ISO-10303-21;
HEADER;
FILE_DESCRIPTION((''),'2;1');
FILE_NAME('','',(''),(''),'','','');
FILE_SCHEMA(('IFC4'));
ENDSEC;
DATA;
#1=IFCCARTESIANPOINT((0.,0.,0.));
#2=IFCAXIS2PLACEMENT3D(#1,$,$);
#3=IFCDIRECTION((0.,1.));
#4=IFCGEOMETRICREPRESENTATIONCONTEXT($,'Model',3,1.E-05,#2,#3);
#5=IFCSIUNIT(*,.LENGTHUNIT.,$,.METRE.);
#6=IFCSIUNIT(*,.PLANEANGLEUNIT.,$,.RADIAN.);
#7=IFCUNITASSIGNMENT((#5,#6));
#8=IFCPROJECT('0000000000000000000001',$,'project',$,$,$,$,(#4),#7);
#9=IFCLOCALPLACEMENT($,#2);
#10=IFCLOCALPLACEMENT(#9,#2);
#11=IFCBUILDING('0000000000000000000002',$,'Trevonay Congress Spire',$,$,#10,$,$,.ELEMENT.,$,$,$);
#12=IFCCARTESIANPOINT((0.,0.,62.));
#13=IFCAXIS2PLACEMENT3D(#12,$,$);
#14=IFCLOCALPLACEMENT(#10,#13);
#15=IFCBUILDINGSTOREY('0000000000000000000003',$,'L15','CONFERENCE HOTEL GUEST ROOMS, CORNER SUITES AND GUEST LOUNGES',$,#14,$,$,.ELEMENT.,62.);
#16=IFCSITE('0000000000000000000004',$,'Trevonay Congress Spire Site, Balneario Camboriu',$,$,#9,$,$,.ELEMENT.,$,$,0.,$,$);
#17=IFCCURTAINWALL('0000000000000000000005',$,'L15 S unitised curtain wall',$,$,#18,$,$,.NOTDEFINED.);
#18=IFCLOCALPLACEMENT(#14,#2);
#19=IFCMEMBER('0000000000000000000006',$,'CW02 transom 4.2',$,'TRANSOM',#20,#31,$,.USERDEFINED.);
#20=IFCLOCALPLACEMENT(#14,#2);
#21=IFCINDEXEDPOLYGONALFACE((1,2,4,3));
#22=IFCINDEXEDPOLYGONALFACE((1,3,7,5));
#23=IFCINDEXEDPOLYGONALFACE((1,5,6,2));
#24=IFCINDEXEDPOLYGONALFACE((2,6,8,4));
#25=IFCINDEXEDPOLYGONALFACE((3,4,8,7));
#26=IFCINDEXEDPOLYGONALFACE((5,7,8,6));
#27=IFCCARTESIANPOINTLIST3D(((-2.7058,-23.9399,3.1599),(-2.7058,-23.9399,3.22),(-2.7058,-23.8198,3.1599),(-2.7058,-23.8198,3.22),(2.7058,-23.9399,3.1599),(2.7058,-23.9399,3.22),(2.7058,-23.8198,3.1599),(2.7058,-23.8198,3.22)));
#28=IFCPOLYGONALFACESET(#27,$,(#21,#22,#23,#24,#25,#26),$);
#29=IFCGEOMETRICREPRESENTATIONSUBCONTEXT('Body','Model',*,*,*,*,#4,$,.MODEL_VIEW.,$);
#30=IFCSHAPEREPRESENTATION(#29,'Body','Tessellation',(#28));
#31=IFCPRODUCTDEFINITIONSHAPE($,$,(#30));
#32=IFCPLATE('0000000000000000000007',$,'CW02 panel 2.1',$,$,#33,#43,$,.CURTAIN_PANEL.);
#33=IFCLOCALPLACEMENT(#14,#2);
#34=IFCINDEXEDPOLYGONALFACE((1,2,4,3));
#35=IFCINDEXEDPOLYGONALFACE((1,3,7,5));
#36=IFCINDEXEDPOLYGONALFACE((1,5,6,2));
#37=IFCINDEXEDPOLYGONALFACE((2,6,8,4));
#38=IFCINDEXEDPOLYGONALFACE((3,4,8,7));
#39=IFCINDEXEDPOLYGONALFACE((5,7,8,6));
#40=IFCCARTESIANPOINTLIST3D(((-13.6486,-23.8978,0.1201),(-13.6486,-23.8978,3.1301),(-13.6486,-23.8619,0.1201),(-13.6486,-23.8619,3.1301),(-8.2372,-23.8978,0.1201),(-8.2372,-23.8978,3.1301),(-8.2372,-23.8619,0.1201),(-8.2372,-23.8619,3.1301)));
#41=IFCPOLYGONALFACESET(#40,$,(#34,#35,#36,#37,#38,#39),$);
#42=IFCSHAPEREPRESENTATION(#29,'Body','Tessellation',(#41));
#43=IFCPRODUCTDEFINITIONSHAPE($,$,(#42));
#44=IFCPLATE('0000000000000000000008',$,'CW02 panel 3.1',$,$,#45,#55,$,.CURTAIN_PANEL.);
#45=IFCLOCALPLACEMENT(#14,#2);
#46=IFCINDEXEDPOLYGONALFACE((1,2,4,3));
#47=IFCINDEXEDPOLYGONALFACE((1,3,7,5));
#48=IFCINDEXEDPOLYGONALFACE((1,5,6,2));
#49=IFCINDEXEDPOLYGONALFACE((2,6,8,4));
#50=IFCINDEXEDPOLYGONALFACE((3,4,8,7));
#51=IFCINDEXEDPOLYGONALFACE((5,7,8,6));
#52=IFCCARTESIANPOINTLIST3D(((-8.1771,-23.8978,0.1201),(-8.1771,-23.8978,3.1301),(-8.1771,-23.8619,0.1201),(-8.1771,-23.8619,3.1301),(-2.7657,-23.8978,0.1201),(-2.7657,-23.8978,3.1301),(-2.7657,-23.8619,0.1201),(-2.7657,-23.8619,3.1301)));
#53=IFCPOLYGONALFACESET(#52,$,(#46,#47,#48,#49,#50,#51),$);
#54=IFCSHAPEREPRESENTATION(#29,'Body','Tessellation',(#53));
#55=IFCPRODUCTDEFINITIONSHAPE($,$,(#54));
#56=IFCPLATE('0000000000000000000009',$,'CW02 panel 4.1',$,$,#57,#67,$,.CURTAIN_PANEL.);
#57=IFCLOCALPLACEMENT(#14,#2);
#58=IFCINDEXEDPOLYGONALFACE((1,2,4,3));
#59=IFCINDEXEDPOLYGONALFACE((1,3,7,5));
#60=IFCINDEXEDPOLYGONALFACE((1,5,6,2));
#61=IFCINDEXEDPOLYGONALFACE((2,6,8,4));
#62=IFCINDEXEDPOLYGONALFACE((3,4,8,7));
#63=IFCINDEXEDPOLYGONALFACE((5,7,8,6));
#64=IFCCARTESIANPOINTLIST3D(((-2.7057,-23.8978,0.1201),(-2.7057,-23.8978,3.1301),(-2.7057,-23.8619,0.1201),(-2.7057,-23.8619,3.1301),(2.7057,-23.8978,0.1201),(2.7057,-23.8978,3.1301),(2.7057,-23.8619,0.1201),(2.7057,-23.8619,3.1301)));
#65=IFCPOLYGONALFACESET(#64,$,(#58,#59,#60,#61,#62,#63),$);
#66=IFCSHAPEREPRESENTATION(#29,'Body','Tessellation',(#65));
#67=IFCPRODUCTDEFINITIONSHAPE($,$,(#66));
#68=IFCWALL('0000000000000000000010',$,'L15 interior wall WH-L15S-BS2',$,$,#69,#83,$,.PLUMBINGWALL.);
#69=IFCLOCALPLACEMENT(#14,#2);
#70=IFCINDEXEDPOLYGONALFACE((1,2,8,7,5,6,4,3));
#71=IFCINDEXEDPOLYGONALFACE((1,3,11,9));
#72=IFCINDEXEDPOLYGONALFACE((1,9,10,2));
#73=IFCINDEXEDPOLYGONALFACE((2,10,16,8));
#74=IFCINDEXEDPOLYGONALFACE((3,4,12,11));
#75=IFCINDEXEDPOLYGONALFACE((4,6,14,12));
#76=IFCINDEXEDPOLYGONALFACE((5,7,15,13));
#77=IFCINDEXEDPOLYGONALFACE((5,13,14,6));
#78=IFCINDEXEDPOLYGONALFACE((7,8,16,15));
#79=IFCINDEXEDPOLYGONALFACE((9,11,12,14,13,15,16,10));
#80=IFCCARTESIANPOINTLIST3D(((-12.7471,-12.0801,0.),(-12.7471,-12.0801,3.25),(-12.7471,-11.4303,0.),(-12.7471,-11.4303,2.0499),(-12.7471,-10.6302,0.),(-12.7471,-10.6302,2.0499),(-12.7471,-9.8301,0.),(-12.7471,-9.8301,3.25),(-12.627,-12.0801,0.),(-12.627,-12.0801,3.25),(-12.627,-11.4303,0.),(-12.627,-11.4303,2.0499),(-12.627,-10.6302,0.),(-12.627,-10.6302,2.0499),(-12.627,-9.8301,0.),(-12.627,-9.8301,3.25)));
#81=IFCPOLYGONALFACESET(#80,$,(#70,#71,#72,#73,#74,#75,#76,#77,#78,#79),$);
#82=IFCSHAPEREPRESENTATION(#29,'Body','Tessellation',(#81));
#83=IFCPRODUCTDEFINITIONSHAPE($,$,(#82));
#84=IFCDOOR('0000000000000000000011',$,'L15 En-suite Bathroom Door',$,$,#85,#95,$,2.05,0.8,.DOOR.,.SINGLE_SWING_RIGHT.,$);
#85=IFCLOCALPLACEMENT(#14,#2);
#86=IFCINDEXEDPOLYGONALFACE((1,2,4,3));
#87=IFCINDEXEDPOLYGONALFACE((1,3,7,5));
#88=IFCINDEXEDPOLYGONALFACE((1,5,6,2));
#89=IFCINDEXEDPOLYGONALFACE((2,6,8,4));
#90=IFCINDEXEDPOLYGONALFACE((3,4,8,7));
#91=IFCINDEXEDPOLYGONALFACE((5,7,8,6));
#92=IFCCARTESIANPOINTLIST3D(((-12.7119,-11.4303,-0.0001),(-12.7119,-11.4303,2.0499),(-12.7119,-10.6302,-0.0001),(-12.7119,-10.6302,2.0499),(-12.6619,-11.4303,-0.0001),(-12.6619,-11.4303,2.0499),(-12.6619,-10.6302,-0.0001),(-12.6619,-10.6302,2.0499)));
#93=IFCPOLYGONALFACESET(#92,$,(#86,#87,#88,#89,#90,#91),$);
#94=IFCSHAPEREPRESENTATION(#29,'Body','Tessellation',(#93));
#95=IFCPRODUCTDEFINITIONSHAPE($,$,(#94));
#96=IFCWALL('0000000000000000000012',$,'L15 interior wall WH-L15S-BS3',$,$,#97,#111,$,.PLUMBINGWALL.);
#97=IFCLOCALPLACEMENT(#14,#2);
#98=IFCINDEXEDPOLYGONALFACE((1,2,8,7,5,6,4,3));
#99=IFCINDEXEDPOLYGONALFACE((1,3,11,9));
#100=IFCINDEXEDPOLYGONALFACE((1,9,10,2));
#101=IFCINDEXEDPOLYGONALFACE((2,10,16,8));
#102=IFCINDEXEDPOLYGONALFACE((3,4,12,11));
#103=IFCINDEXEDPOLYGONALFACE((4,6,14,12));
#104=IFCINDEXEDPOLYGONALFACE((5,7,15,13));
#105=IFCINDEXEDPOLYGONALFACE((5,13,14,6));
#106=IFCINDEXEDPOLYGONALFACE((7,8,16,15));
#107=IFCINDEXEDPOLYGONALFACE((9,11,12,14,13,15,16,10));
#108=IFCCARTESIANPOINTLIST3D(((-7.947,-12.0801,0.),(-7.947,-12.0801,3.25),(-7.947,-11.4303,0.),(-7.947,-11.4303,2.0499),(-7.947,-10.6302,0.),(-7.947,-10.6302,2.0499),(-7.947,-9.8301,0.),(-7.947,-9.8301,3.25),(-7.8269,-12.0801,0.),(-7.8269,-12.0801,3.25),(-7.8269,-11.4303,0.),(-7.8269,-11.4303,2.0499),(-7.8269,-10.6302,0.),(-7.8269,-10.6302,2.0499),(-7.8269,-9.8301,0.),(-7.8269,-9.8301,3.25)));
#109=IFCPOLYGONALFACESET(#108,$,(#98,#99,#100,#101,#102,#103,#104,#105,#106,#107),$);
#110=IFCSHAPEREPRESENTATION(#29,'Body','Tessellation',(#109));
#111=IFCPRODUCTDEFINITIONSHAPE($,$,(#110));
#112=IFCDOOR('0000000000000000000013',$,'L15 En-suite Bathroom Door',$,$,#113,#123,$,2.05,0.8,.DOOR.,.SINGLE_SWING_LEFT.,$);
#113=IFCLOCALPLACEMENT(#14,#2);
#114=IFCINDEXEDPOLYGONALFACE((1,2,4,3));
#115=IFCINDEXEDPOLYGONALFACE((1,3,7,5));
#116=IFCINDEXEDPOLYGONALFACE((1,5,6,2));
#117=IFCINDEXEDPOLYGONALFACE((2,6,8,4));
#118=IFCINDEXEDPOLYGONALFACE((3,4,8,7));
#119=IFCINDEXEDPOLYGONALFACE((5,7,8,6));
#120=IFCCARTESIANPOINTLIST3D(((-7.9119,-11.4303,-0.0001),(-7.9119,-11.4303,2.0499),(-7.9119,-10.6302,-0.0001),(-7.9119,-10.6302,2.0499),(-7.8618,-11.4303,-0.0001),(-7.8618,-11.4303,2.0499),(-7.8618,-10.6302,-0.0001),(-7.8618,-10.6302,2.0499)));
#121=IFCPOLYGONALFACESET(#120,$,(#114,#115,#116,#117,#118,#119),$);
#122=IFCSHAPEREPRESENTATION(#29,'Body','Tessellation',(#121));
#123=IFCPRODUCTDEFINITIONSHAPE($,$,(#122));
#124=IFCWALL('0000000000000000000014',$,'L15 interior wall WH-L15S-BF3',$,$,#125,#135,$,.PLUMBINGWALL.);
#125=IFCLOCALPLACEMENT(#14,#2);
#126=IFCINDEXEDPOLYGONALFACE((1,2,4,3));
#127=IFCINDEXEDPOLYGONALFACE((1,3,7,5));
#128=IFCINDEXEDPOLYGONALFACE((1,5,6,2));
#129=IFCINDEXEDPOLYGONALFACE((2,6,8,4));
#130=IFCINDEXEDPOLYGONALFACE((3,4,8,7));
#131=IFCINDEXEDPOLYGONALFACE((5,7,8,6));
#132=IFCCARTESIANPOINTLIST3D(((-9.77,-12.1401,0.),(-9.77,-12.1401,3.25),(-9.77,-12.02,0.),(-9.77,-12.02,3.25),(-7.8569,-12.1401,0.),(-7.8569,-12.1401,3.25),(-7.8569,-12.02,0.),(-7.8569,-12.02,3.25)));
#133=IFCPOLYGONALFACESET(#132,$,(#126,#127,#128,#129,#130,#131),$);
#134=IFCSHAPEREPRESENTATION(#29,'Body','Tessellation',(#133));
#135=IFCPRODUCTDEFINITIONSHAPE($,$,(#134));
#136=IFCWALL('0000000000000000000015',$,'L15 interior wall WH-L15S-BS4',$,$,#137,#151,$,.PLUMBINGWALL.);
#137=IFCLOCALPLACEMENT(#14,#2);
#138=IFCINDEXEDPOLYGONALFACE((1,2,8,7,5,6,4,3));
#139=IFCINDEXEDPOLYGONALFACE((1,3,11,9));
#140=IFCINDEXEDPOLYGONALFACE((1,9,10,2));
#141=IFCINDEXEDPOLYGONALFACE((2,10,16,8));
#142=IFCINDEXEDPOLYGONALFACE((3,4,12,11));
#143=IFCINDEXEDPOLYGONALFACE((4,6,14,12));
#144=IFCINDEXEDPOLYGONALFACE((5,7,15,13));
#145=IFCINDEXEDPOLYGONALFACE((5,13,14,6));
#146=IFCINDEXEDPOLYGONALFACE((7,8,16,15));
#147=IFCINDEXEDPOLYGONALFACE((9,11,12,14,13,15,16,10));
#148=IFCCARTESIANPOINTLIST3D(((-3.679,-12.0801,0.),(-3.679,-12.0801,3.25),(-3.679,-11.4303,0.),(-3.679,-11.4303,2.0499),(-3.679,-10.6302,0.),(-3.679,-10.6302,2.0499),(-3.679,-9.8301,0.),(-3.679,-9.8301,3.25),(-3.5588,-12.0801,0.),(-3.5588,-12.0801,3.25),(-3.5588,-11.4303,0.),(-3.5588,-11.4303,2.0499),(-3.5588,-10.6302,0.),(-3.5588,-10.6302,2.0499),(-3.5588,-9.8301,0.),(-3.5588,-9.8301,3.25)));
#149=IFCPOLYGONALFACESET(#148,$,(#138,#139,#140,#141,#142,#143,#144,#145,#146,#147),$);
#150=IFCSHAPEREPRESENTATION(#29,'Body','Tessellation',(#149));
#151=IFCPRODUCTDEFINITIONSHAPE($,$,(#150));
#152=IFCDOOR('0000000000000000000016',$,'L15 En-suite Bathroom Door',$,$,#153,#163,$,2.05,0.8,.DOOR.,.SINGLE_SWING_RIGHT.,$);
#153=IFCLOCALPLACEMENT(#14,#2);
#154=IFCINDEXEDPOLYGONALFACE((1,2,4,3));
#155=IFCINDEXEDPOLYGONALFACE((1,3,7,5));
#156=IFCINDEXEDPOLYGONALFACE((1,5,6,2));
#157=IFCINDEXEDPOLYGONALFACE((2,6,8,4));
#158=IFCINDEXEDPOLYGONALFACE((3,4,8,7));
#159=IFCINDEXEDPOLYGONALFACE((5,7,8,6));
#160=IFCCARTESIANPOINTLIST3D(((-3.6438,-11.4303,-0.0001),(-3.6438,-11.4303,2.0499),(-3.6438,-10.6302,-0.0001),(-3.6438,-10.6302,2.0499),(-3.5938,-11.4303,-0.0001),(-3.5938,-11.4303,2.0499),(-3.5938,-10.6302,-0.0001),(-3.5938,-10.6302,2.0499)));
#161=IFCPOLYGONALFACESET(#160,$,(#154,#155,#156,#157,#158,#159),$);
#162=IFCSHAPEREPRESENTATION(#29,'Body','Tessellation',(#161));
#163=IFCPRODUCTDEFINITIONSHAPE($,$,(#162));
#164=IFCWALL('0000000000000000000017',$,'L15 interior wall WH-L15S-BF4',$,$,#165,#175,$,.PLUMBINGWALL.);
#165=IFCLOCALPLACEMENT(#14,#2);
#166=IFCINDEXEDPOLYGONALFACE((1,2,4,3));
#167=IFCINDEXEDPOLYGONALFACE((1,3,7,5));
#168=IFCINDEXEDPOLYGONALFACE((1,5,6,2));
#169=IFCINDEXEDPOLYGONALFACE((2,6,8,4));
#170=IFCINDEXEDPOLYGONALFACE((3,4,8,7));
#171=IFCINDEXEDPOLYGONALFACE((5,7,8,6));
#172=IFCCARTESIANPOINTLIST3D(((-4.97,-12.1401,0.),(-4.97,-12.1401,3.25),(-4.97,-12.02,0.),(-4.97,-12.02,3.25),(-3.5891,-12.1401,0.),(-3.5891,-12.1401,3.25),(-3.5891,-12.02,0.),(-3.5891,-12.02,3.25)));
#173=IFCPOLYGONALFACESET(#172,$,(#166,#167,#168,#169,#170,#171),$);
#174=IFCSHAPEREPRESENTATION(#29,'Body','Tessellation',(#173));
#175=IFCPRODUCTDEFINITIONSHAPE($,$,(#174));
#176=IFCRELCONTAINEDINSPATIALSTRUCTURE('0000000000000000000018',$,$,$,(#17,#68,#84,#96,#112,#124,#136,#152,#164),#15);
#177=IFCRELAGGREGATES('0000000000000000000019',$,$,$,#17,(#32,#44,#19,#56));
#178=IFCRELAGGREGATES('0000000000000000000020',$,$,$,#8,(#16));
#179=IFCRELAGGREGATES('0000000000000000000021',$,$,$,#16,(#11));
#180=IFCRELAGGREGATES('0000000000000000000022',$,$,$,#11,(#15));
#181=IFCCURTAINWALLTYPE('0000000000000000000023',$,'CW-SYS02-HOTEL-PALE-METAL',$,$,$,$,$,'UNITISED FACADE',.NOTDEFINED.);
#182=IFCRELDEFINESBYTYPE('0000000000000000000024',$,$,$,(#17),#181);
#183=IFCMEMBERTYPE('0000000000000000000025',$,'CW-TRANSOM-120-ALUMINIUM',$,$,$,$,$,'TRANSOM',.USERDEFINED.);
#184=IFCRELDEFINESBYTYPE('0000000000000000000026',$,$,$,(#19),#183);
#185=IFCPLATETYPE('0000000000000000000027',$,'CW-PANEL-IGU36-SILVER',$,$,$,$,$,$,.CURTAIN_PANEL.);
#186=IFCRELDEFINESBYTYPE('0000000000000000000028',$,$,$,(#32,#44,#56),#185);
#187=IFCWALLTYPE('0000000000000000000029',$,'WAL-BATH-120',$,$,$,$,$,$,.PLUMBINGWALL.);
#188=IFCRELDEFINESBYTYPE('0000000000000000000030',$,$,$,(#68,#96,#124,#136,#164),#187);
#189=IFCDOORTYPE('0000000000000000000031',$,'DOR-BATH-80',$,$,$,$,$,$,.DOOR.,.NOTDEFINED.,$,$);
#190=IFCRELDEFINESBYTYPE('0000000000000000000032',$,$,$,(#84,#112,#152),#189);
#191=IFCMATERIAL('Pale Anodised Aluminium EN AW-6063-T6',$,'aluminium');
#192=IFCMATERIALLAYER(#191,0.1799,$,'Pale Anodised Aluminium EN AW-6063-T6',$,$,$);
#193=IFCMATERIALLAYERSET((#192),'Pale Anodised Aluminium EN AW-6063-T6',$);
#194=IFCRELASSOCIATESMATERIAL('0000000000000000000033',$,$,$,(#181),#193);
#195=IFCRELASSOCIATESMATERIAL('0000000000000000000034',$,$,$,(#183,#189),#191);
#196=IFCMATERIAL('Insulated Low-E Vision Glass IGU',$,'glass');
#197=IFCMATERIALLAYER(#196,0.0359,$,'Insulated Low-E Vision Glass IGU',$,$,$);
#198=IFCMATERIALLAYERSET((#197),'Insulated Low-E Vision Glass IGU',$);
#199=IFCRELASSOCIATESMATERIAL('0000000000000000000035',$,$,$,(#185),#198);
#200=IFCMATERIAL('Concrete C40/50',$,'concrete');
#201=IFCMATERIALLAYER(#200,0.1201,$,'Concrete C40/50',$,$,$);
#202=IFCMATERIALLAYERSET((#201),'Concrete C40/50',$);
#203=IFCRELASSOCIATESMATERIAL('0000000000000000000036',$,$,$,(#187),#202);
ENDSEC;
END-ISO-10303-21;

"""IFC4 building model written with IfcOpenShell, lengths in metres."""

from ifc_helpers import new_model, si_unit, direction, frame, frame_2d, origin, origin_2d, place, context, subcontext, project, spatial, rectangle, extrude, material, layer, layer_set, material_profile, profile_set, type_object, element, fill, aggregate, save


model = new_model("IFC4")

# Units and contexts
model_context = context("Model", 3, precision=1e-05, world=origin(), true_north=direction((0.0, 1.0)))
body_context = subcontext(model_context, "Body", "Model", "MODEL_VIEW")
ifc_project = project(units=[si_unit("LENGTHUNIT", "METRE"), si_unit("PLANEANGLEUNIT", "RADIAN")], contexts=[model_context])

# Site, building, storey
site_placement = place(None, origin())
site = spatial("IfcSite", under=ifc_project, at=site_placement, Name="Trevonay Congress Spire Site, Balneario Camboriu", CompositionType="ELEMENT", RefElevation=0.0)
building_placement = place(site_placement, origin())
building = spatial("IfcBuilding", under=site, at=building_placement, Name="Trevonay Congress Spire", CompositionType="ELEMENT")
storey_placement = place(building_placement, frame((0.0, 0.0, 62.0)))
storey = spatial("IfcBuildingStorey", under=building, at=storey_placement, Name="L15", Description="CONFERENCE HOTEL GUEST ROOMS, CORNER SUITES AND GUEST LOUNGES", CompositionType="ELEMENT", Elevation=62.0)

# Curtain wall, member, plates
ifc_material_1 = material(Name="Pale Anodised Aluminium EN AW-6063-T6", Category="aluminium")
ifc_layer_1 = layer(ifc_material_1, 0.1799, Name="Pale Anodised Aluminium EN AW-6063-T6")
ifc_layer_set_1 = layer_set([ifc_layer_1], Name="Pale Anodised Aluminium EN AW-6063-T6")
curtain_wall_type = type_object("IfcCurtainWallType", Name="CW-SYS02-HOTEL-PALE-METAL", ElementType="UNITISED FACADE", PredefinedType="NOTDEFINED", material=ifc_layer_set_1)
curtain_wall_placement = place(storey_placement, origin())
curtain_wall = element("IfcCurtainWall", 1, at=curtain_wall_placement, inside=storey, type_object=curtain_wall_type, Name="L15 S unitised curtain wall", PredefinedType="NOTDEFINED")
ifc_material_profile_1 = material_profile(ifc_material_1, rectangle(XDim=0.1201, YDim=0.0601, at=origin_2d()), Name="CW-TRANSOM-120-ALUMINIUM")
ifc_profile_set_1 = profile_set([ifc_material_profile_1], Name="Pale Anodised Aluminium EN AW-6063-T6")
member_type_1 = type_object("IfcMemberType", Name="CW-TRANSOM-120-ALUMINIUM", ElementType="TRANSOM", PredefinedType="USERDEFINED", material=ifc_profile_set_1)
member_1_placement = place(storey_placement, frame((-2.7058, -23.8799, 3.1899), z_axis=(1.0, 0.0, 0.0), x_axis=(0.0, 1.0, 0.0)))
member_1 = element("IfcMember", 2, at=member_1_placement, type_object=member_type_1, Name="CW02 transom 4.2", ObjectType="TRANSOM", PredefinedType="USERDEFINED", context=body_context, shape_type="SweptSolid", body=[
    extrude(rectangle(XDim=0.1201, YDim=0.0601, at=origin_2d()), origin(), (0.0, 0.0, 1.0), 5.4116),
])
ifc_material_2 = material(Name="Insulated Low-E Vision Glass IGU", Category="glass")
ifc_layer_2 = layer(ifc_material_2, 0.0359, Name="Insulated Low-E Vision Glass IGU")
ifc_layer_set_2 = layer_set([ifc_layer_2], Name="Insulated Low-E Vision Glass IGU")
plate_type = type_object("IfcPlateType", Name="CW-PANEL-IGU36-SILVER", PredefinedType="CURTAIN_PANEL", material=ifc_layer_set_2)
plate_1_placement = place(storey_placement, frame((-10.9429, -23.8799, 0.1201), z_axis=(0.0, 0.0, 1.0), x_axis=(1.0, 0.0, 0.0)))
plate_1 = element("IfcPlate", 3, at=plate_1_placement, type_object=plate_type, Name="CW02 panel 2.1", PredefinedType="CURTAIN_PANEL", context=body_context, shape_type="SweptSolid", body=[
    extrude(rectangle(XDim=5.4114, YDim=0.0359, at=origin_2d()), origin(), (0.0, 0.0, 1.0), 3.01),
])
plate_2_placement = place(storey_placement, frame((-5.4714, -23.8799, 0.1201), z_axis=(0.0, 0.0, 1.0), x_axis=(1.0, 0.0, 0.0)))
plate_2 = element("IfcPlate", 4, at=plate_2_placement, type_object=plate_type, Name="CW02 panel 3.1", PredefinedType="CURTAIN_PANEL", context=body_context, shape_type="SweptSolid", body=[
    extrude(rectangle(XDim=5.4114, YDim=0.0359, at=origin_2d()), origin(), (0.0, 0.0, 1.0), 3.01),
])
plate_3_placement = place(storey_placement, frame((0.0, -23.8799, 0.1201), z_axis=(0.0, 0.0, 1.0), x_axis=(1.0, 0.0, 0.0)))
plate_3 = element("IfcPlate", 5, at=plate_3_placement, type_object=plate_type, Name="CW02 panel 4.1", PredefinedType="CURTAIN_PANEL", context=body_context, shape_type="SweptSolid", body=[
    extrude(rectangle(XDim=5.4114, YDim=0.0359, at=origin_2d()), origin(), (0.0, 0.0, 1.0), 3.01),
])
aggregate(curtain_wall, [plate_1, plate_2, member_1, plate_3])

# Walls, openings, doors
ifc_material_3 = material(Name="Concrete C40/50", Category="concrete")
ifc_layer_3 = layer(ifc_material_3, 0.1201, Name="Concrete C40/50")
ifc_layer_set_3 = layer_set([ifc_layer_3], Name="Concrete C40/50")
wall_type_1 = type_object("IfcWallType", Name="WAL-BATH-120", PredefinedType="PLUMBINGWALL", material=ifc_layer_set_3)
wall_1_placement = place(storey_placement, frame((-12.687, -12.0801, 0.0), z_axis=(0.0, 0.0, 1.0), x_axis=(0.0, 1.0, 0.0)))
wall_1 = element("IfcWall", 6, at=wall_1_placement, inside=storey, type_object=wall_type_1, Name="L15 interior wall WH-L15S-BS2", PredefinedType="PLUMBINGWALL", context=body_context, shape_type="SweptSolid", body=[
    extrude(rectangle(XDim=2.25, YDim=0.1201, at=frame_2d((1.125, 0.0))), origin(), (0.0, 0.0, 1.0), 3.25),
])
opening_1_placement = place(wall_1_placement, frame((0.6499, 0.0, 0.0)))
opening_1 = element("IfcOpeningElement", 7, at=opening_1_placement, cuts=wall_1, PredefinedType="OPENING", context=body_context, shape_type="SweptSolid", body=[
    extrude(rectangle(XDim=0.8, YDim=2.05, at=frame_2d((0.3999, 1.0249))), frame((0.0, 0.0701, 0.0), z_axis=(0.0, -1.0, 0.0), x_axis=(1.0, 0.0, 0.0)), (0.0, 0.0, 1.0), 0.1401),
])
door_type_1 = type_object("IfcDoorType", Name="DOR-BATH-80", OperationType="NOTDEFINED", PredefinedType="DOOR", material=ifc_material_1)
door_1_placement = place(opening_1_placement, origin())
door_1 = element("IfcDoor", 8, at=door_1_placement, inside=storey, type_object=door_type_1, Name="L15 En-suite Bathroom Door", OperationType="SINGLE_SWING_RIGHT", OverallHeight=2.05, OverallWidth=0.8, PredefinedType="DOOR", context=body_context, shape_type="SweptSolid", body=[
    extrude(rectangle(XDim=0.8, YDim=2.05, at=frame_2d((0.3999, 1.0249))), frame((0.0, 0.0249, 0.0), z_axis=(0.0, -1.0, 0.0), x_axis=(1.0, 0.0, 0.0)), (0.0, 0.0, 1.0), 0.05),
])
fill(opening_1, door_1)
wall_2_placement = place(storey_placement, frame((-7.887, -12.0801, 0.0), z_axis=(0.0, 0.0, 1.0), x_axis=(0.0, 1.0, 0.0)))
wall_2 = element("IfcWall", 9, at=wall_2_placement, inside=storey, type_object=wall_type_1, Name="L15 interior wall WH-L15S-BS3", PredefinedType="PLUMBINGWALL", context=body_context, shape_type="SweptSolid", body=[
    extrude(rectangle(XDim=2.25, YDim=0.1201, at=frame_2d((1.125, 0.0))), origin(), (0.0, 0.0, 1.0), 3.25),
])
opening_2_placement = place(wall_2_placement, frame((0.6499, 0.0, 0.0)))
opening_2 = element("IfcOpeningElement", 10, at=opening_2_placement, cuts=wall_2, PredefinedType="OPENING", context=body_context, shape_type="SweptSolid", body=[
    extrude(rectangle(XDim=0.8, YDim=2.05, at=frame_2d((0.3999, 1.0249))), frame((0.0, 0.0701, 0.0), z_axis=(0.0, -1.0, 0.0), x_axis=(1.0, 0.0, 0.0)), (0.0, 0.0, 1.0), 0.1401),
])
door_2_placement = place(opening_2_placement, origin())
door_2 = element("IfcDoor", 11, at=door_2_placement, inside=storey, type_object=door_type_1, Name="L15 En-suite Bathroom Door", OperationType="SINGLE_SWING_LEFT", OverallHeight=2.05, OverallWidth=0.8, PredefinedType="DOOR", context=body_context, shape_type="SweptSolid", body=[
    extrude(rectangle(XDim=0.8, YDim=2.05, at=frame_2d((0.3999, 1.0249))), frame((0.0, 0.0249, 0.0), z_axis=(0.0, -1.0, 0.0), x_axis=(1.0, 0.0, 0.0)), (0.0, 0.0, 1.0), 0.05),
])
fill(opening_2, door_2)

# Wall
wall_3_placement = place(storey_placement, frame((-9.77, -12.0801, 0.0), z_axis=(0.0, 0.0, 1.0), x_axis=(1.0, 0.0, 0.0)))
element("IfcWall", 12, at=wall_3_placement, inside=storey, type_object=wall_type_1, Name="L15 interior wall WH-L15S-BF3", PredefinedType="PLUMBINGWALL", context=body_context, shape_type="SweptSolid", body=[
    extrude(rectangle(XDim=1.9131, YDim=0.1201, at=frame_2d((0.9565, 0.0))), origin(), (0.0, 0.0, 1.0), 3.25),
])

# Wall, opening, door
wall_4_placement = place(storey_placement, frame((-3.6189, -12.0801, 0.0), z_axis=(0.0, 0.0, 1.0), x_axis=(0.0, 1.0, 0.0)))
wall_4 = element("IfcWall", 13, at=wall_4_placement, inside=storey, type_object=wall_type_1, Name="L15 interior wall WH-L15S-BS4", PredefinedType="PLUMBINGWALL", context=body_context, shape_type="SweptSolid", body=[
    extrude(rectangle(XDim=2.25, YDim=0.1201, at=frame_2d((1.125, 0.0))), origin(), (0.0, 0.0, 1.0), 3.25),
])
opening_3_placement = place(wall_4_placement, frame((0.6499, 0.0, 0.0)))
opening_3 = element("IfcOpeningElement", 14, at=opening_3_placement, cuts=wall_4, PredefinedType="OPENING", context=body_context, shape_type="SweptSolid", body=[
    extrude(rectangle(XDim=0.8, YDim=2.05, at=frame_2d((0.3999, 1.0249))), frame((0.0, 0.0701, 0.0), z_axis=(0.0, -1.0, 0.0), x_axis=(1.0, 0.0, 0.0)), (0.0, 0.0, 1.0), 0.1401),
])
door_3_placement = place(opening_3_placement, origin())
door_3 = element("IfcDoor", 15, at=door_3_placement, inside=storey, type_object=door_type_1, Name="L15 En-suite Bathroom Door", OperationType="SINGLE_SWING_RIGHT", OverallHeight=2.05, OverallWidth=0.8, PredefinedType="DOOR", context=body_context, shape_type="SweptSolid", body=[
    extrude(rectangle(XDim=0.8, YDim=2.05, at=frame_2d((0.3999, 1.0249))), frame((0.0, 0.0249, 0.0), z_axis=(0.0, -1.0, 0.0), x_axis=(1.0, 0.0, 0.0)), (0.0, 0.0, 1.0), 0.05),
])
fill(opening_3, door_3)

# Wall
wall_5_placement = place(storey_placement, frame((-4.97, -12.0801, 0.0), z_axis=(0.0, 0.0, 1.0), x_axis=(1.0, 0.0, 0.0)))
element("IfcWall", 16, at=wall_5_placement, inside=storey, type_object=wall_type_1, Name="L15 interior wall WH-L15S-BF4", PredefinedType="PLUMBINGWALL", context=body_context, shape_type="SweptSolid", body=[
    extrude(rectangle(XDim=1.3809, YDim=0.1201, at=frame_2d((0.6904, 0.0))), origin(), (0.0, 0.0, 1.0), 3.25),
])

save(model, "model.ifc")
